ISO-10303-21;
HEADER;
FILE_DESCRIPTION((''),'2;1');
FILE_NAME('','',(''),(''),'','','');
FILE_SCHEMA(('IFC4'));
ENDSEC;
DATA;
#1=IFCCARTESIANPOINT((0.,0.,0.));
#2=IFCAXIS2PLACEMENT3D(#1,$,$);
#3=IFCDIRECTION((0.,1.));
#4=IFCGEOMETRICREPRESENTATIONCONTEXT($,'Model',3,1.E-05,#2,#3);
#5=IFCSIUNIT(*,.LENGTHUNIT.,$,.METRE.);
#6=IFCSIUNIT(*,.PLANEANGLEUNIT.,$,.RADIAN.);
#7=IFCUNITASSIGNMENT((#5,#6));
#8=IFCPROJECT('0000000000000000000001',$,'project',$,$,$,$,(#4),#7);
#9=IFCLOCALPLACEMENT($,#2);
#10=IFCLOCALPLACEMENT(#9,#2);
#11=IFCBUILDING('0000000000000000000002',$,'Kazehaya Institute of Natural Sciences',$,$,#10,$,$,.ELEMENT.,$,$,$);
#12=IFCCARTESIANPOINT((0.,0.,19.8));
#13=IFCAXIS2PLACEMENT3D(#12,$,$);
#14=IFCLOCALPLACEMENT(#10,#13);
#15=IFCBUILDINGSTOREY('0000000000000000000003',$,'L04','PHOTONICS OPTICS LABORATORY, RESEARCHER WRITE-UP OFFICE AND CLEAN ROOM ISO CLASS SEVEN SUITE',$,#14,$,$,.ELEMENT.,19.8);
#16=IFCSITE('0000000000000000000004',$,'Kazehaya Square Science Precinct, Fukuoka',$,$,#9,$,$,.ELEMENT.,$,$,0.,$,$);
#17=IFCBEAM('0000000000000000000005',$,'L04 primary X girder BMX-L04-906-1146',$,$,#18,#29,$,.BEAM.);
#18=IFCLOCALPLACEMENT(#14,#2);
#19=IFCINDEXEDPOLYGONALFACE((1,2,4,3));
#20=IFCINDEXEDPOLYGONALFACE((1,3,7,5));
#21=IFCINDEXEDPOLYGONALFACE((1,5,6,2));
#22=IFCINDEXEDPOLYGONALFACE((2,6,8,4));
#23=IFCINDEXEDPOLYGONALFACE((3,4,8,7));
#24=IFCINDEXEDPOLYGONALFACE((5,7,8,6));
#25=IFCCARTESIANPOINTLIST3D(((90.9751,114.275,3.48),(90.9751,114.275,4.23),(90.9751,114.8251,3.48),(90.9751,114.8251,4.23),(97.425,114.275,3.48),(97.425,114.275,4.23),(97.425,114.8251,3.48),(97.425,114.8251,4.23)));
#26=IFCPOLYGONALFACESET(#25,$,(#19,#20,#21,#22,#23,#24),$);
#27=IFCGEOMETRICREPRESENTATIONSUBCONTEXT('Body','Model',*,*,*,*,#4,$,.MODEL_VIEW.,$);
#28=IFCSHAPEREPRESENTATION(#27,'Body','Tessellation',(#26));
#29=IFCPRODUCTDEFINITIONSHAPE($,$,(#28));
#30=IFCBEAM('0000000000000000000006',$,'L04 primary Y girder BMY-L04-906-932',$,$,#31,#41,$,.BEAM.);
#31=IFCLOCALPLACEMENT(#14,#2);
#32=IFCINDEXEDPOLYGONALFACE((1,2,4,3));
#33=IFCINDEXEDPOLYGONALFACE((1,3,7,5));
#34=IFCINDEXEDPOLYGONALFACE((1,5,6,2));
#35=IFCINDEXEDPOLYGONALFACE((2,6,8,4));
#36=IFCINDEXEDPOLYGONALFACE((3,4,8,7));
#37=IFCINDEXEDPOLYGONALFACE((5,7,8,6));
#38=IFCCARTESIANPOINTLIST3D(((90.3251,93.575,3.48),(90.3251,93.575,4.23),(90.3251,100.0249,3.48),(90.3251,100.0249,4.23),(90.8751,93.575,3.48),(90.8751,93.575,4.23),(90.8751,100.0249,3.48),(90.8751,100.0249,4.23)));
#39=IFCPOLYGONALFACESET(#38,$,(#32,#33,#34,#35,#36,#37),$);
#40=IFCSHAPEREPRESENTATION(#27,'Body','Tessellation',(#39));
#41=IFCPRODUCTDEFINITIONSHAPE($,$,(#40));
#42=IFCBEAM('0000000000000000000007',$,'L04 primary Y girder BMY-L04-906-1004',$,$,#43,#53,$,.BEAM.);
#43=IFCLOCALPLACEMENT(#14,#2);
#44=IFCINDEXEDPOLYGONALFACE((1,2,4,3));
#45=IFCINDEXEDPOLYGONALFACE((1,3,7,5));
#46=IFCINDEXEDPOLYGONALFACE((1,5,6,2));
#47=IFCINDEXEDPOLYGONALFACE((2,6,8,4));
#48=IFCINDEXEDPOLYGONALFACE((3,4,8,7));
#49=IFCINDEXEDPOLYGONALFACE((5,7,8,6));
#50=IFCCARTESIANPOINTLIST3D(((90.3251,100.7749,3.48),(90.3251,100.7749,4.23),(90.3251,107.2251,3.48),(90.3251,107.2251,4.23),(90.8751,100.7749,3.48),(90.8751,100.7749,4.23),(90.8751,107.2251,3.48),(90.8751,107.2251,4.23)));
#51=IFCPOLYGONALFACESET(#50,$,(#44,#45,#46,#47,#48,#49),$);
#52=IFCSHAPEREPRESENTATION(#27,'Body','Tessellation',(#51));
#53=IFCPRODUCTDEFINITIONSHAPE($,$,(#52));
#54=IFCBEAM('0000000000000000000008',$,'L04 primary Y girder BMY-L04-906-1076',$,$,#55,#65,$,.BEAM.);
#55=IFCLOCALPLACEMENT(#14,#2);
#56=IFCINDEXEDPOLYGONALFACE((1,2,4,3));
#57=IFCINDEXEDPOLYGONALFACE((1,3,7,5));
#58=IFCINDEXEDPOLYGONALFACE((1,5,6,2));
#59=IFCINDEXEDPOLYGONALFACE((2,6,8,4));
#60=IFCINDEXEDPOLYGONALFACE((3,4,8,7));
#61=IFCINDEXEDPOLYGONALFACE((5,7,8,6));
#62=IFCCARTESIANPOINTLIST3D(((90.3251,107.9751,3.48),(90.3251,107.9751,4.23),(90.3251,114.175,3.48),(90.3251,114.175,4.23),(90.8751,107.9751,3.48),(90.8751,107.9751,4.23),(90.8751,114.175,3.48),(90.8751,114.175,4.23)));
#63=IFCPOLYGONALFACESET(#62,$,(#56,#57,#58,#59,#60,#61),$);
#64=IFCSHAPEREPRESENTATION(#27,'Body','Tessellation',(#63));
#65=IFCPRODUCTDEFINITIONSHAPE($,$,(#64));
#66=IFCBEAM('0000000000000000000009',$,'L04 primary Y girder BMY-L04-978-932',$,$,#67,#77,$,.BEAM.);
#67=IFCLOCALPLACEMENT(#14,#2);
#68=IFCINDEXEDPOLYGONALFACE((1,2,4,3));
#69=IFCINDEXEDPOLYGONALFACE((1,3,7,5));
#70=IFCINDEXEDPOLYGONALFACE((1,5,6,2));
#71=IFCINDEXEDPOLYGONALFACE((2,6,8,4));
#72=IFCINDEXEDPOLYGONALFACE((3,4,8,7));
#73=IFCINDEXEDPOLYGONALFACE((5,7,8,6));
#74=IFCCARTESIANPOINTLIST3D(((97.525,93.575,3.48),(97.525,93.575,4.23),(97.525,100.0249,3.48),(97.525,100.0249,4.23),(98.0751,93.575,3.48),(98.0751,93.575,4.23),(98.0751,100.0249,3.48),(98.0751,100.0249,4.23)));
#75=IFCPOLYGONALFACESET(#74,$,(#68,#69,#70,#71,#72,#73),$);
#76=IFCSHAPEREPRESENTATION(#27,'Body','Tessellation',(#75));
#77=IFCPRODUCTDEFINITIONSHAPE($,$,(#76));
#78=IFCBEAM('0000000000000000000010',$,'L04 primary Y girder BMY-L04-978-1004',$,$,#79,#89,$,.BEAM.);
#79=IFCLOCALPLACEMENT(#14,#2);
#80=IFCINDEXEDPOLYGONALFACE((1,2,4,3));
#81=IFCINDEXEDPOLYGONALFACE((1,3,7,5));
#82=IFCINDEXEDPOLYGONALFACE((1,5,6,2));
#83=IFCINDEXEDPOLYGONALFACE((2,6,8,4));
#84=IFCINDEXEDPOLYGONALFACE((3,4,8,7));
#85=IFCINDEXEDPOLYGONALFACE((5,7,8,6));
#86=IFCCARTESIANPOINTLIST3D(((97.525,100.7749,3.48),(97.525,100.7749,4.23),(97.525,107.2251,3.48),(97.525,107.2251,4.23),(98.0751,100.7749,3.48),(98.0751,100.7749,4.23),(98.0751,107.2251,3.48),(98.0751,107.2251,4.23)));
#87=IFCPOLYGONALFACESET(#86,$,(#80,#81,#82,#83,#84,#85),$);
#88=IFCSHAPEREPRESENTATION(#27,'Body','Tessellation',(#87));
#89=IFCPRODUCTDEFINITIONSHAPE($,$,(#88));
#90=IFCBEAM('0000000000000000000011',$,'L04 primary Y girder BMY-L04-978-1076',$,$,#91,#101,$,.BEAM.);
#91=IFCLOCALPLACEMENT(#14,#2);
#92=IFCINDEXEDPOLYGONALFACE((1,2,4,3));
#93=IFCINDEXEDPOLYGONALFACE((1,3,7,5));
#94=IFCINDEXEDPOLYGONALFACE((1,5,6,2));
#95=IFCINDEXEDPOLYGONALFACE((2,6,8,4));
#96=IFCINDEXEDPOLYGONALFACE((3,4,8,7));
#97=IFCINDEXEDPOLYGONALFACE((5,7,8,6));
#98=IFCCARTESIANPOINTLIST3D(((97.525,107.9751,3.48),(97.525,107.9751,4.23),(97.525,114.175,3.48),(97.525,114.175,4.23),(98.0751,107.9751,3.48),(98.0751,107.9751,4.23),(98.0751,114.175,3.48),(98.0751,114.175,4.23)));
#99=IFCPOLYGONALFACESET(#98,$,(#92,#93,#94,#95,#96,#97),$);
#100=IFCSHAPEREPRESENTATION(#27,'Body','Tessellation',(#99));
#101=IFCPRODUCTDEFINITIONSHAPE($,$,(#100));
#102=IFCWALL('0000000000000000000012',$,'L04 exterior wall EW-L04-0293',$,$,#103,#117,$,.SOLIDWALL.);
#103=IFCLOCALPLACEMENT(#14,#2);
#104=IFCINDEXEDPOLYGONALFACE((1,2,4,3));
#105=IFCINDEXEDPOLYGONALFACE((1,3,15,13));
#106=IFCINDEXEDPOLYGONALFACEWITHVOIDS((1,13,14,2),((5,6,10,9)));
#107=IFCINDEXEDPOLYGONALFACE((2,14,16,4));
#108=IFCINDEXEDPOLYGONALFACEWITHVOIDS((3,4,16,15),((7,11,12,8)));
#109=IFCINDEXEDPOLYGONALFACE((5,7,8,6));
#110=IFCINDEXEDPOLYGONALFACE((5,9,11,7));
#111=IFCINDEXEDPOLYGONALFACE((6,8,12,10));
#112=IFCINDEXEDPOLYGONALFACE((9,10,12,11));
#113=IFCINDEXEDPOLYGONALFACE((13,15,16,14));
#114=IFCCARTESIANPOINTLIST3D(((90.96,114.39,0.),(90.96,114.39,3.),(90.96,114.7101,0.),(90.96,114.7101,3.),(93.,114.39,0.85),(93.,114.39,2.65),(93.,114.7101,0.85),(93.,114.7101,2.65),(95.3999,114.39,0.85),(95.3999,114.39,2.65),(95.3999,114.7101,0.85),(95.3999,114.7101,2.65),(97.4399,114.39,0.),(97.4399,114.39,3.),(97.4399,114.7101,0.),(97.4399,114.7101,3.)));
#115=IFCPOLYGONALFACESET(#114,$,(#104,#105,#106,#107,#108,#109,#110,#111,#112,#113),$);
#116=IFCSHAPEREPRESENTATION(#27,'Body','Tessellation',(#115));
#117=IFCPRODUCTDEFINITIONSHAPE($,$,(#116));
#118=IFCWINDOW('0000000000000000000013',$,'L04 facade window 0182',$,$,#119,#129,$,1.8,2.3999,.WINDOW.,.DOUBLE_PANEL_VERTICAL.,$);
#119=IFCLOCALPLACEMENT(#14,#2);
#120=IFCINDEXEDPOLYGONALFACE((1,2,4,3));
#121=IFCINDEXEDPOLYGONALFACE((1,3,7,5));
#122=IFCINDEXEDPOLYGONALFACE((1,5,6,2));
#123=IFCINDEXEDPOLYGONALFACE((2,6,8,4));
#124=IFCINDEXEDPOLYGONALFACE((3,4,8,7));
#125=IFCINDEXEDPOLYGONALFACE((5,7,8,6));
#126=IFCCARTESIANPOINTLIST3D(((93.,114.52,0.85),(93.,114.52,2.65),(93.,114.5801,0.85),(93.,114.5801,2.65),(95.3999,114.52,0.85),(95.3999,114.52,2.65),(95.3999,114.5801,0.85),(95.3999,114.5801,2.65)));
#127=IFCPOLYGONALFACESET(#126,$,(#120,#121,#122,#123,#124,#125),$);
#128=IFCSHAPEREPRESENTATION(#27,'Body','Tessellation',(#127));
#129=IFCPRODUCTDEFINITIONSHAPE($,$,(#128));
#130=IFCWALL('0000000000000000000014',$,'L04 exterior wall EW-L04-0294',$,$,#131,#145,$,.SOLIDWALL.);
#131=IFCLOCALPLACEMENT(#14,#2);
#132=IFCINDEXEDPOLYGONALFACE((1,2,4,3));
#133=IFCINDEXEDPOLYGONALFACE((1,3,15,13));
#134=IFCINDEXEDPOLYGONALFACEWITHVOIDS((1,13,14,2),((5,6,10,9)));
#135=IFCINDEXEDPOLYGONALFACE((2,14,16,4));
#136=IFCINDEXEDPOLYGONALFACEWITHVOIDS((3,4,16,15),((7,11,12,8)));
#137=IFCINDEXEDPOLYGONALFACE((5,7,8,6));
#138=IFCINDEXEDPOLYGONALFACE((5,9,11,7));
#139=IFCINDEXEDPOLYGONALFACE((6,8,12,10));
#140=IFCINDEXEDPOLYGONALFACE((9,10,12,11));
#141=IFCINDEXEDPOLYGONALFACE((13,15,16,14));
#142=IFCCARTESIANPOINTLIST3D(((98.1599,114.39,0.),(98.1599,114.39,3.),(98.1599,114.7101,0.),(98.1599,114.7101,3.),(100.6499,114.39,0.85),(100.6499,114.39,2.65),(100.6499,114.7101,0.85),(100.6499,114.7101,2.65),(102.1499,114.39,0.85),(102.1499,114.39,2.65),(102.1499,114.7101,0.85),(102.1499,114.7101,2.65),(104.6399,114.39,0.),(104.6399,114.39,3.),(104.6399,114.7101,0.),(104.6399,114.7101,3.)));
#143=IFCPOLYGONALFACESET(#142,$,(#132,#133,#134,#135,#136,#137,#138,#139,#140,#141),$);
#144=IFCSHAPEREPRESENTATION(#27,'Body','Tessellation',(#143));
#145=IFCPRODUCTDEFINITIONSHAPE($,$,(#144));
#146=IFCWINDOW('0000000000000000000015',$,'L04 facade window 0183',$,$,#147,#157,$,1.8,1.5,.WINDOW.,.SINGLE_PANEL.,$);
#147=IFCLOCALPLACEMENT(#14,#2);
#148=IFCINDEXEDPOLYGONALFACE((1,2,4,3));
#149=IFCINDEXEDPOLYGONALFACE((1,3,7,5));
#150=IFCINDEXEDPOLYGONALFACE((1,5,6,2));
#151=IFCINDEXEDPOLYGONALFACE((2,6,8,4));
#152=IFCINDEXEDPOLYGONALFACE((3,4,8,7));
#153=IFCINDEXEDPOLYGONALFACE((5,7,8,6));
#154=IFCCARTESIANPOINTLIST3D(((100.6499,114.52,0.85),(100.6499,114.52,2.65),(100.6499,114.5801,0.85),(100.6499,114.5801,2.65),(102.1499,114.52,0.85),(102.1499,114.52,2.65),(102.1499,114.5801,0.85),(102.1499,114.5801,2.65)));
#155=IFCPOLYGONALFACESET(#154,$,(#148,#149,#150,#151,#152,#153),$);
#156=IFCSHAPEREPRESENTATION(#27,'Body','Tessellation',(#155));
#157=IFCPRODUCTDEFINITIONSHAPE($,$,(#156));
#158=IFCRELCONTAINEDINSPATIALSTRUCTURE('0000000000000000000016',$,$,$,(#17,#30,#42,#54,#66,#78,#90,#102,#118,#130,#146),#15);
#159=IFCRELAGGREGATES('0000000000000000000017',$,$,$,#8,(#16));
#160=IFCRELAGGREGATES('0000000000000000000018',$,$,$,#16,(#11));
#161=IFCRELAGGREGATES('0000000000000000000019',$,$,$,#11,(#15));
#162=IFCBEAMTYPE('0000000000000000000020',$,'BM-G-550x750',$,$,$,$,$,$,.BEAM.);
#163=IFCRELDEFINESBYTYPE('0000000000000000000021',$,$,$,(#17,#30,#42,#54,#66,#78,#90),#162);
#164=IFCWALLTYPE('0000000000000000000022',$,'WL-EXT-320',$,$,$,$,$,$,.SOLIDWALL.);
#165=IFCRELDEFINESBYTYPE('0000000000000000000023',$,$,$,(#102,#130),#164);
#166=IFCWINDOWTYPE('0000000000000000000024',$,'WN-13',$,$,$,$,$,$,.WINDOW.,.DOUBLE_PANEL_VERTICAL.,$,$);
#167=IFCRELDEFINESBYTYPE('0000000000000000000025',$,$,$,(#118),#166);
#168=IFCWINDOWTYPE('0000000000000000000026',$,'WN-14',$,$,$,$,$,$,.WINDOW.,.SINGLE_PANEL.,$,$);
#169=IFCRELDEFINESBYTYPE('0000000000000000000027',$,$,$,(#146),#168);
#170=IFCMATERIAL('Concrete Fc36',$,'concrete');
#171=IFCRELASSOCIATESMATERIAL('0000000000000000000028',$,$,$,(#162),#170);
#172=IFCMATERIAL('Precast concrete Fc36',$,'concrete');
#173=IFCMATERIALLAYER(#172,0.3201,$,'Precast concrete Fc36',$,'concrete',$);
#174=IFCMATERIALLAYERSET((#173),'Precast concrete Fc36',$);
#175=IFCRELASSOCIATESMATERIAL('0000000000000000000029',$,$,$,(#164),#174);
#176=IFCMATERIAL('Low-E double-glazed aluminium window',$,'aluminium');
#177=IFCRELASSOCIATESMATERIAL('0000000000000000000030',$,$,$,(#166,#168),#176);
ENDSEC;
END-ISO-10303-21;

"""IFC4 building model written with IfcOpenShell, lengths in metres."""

from ifc_helpers import new_model, si_unit, direction, frame, frame_2d, origin, origin_2d, place, context, subcontext, project, spatial, rectangle, extrude, material, layer, layer_set, material_profile, profile_set, type_object, element, fill, save


model = new_model("IFC4")

# Units and contexts
model_context = context("Model", 3, precision=1e-05, world=origin(), true_north=direction((0.0, 1.0)))
body_context = subcontext(model_context, "Body", "Model", "MODEL_VIEW")
ifc_project = project(units=[si_unit("LENGTHUNIT", "METRE"), si_unit("PLANEANGLEUNIT", "RADIAN")], contexts=[model_context])

# Site, building, storey
site_placement = place(None, origin())
site = spatial("IfcSite", under=ifc_project, at=site_placement, Name="Kazehaya Square Science Precinct, Fukuoka", CompositionType="ELEMENT", RefElevation=0.0)
building_placement = place(site_placement, origin())
building = spatial("IfcBuilding", under=site, at=building_placement, Name="Kazehaya Institute of Natural Sciences", CompositionType="ELEMENT")
storey_placement = place(building_placement, frame((0.0, 0.0, 19.8)))
storey = spatial("IfcBuildingStorey", under=building, at=storey_placement, Name="L04", Description="PHOTONICS OPTICS LABORATORY, RESEARCHER WRITE-UP OFFICE AND CLEAN ROOM ISO CLASS SEVEN SUITE", CompositionType="ELEMENT", Elevation=19.8)

# Beams
ifc_material_1 = material(Name="Concrete Fc36", Category="concrete")
ifc_material_profile_1 = material_profile(ifc_material_1, rectangle(XDim=0.55, YDim=0.75, at=origin_2d()), Name="RC-550x750")
ifc_profile_set_1 = profile_set([ifc_material_profile_1], Name="Concrete Fc36")
beam_type = type_object("IfcBeamType", Name="BM-G-550x750", PredefinedType="BEAM", material=ifc_profile_set_1)
for number, where, z_axis, x_axis, name in (
    (1, (90.9751, 114.55, 3.855), (1.0, 0.0, 0.0), (0.0, 1.0, 0.0), "L04 primary X girder BMX-L04-906-1146"),
    (2, (90.6001, 93.575, 3.855), (0.0, 1.0, 0.0), (-1.0, 0.0, 0.0), "L04 primary Y girder BMY-L04-906-932"),
):
    element("IfcBeam", number, at=place(storey_placement, frame(where, z_axis=z_axis, x_axis=x_axis)), inside=storey, type_object=beam_type, Name=name, PredefinedType="BEAM", context=body_context, shape_type="SweptSolid", body=[
        extrude(rectangle(XDim=0.55, YDim=0.75, at=origin_2d()), origin(), (0.0, 0.0, 1.0), 6.45),
    ])
beam_1_placement = place(storey_placement, frame((90.6001, 100.7749, 3.855), z_axis=(0.0, 1.0, 0.0), x_axis=(-1.0, 0.0, 0.0)))
element("IfcBeam", 3, at=beam_1_placement, inside=storey, type_object=beam_type, Name="L04 primary Y girder BMY-L04-906-1004", PredefinedType="BEAM", context=body_context, shape_type="SweptSolid", body=[
    extrude(rectangle(XDim=0.55, YDim=0.75, at=origin_2d()), origin(), (0.0, 0.0, 1.0), 6.4502),
])
beam_2_placement = place(storey_placement, frame((90.6001, 107.9751, 3.855), z_axis=(0.0, 1.0, 0.0), x_axis=(-1.0, 0.0, 0.0)))
element("IfcBeam", 4, at=beam_2_placement, inside=storey, type_object=beam_type, Name="L04 primary Y girder BMY-L04-906-1076", PredefinedType="BEAM", context=body_context, shape_type="SweptSolid", body=[
    extrude(rectangle(XDim=0.55, YDim=0.75, at=origin_2d()), origin(), (0.0, 0.0, 1.0), 6.2),
])
beam_3_placement = place(storey_placement, frame((97.8, 93.575, 3.855), z_axis=(0.0, 1.0, 0.0), x_axis=(-1.0, 0.0, 0.0)))
element("IfcBeam", 5, at=beam_3_placement, inside=storey, type_object=beam_type, Name="L04 primary Y girder BMY-L04-978-932", PredefinedType="BEAM", context=body_context, shape_type="SweptSolid", body=[
    extrude(rectangle(XDim=0.55, YDim=0.75, at=origin_2d()), origin(), (0.0, 0.0, 1.0), 6.45),
])
beam_4_placement = place(storey_placement, frame((97.8, 100.7749, 3.855), z_axis=(0.0, 1.0, 0.0), x_axis=(-1.0, 0.0, 0.0)))
element("IfcBeam", 6, at=beam_4_placement, inside=storey, type_object=beam_type, Name="L04 primary Y girder BMY-L04-978-1004", PredefinedType="BEAM", context=body_context, shape_type="SweptSolid", body=[
    extrude(rectangle(XDim=0.55, YDim=0.75, at=origin_2d()), origin(), (0.0, 0.0, 1.0), 6.4502),
])
beam_5_placement = place(storey_placement, frame((97.8, 107.9751, 3.855), z_axis=(0.0, 1.0, 0.0), x_axis=(-1.0, 0.0, 0.0)))
element("IfcBeam", 7, at=beam_5_placement, inside=storey, type_object=beam_type, Name="L04 primary Y girder BMY-L04-978-1076", PredefinedType="BEAM", context=body_context, shape_type="SweptSolid", body=[
    extrude(rectangle(XDim=0.55, YDim=0.75, at=origin_2d()), origin(), (0.0, 0.0, 1.0), 6.2),
])

# Walls, openings, windows
ifc_material_2 = material(Name="Precast concrete Fc36", Category="concrete")
ifc_layer = layer(ifc_material_2, 0.3201, Name="Precast concrete Fc36", Category="concrete")
ifc_layer_set = layer_set([ifc_layer], Name="Precast concrete Fc36")
wall_type = type_object("IfcWallType", Name="WL-EXT-320", PredefinedType="SOLIDWALL", material=ifc_layer_set)
wall_1_placement = place(storey_placement, frame((90.96, 114.55, 0.0), z_axis=(0.0, 0.0, 1.0), x_axis=(1.0, 0.0, 0.0)))
wall_1 = element("IfcWall", 8, at=wall_1_placement, inside=storey, type_object=wall_type, Name="L04 exterior wall EW-L04-0293", PredefinedType="SOLIDWALL", context=body_context, shape_type="SweptSolid", body=[
    extrude(rectangle(XDim=6.48, YDim=0.3201, at=frame_2d((3.24, 0.0))), origin(), (0.0, 0.0, 1.0), 3.0),
])
opening_1_placement = place(wall_1_placement, frame((2.04, 0.0, 0.8501)))
opening_1 = element("IfcOpeningElement", 9, at=opening_1_placement, cuts=wall_1, PredefinedType="OPENING", context=body_context, shape_type="SweptSolid", body=[
    extrude(rectangle(XDim=2.3999, YDim=1.8, at=frame_2d((1.2, 0.8999))), frame((0.0, 0.1699, 0.0), z_axis=(0.0, -1.0, 0.0), x_axis=(1.0, 0.0, 0.0)), (0.0, 0.0, 1.0), 0.3401),
])
ifc_material_3 = material(Name="Low-E double-glazed aluminium window", Category="aluminium")
window_type_1 = type_object("IfcWindowType", Name="WN-13", PartitioningType="DOUBLE_PANEL_VERTICAL", PredefinedType="WINDOW", material=ifc_material_3)
window_1_placement = place(opening_1_placement, origin())
window_1 = element("IfcWindow", 10, at=window_1_placement, inside=storey, type_object=window_type_1, Name="L04 facade window 0182", OverallHeight=1.8, OverallWidth=2.3999, PartitioningType="DOUBLE_PANEL_VERTICAL", PredefinedType="WINDOW", context=body_context, shape_type="SweptSolid", body=[
    extrude(rectangle(XDim=2.3999, YDim=1.8, at=frame_2d((1.2, 0.8999))), frame((0.0, 0.03, 0.0), z_axis=(0.0, -1.0, 0.0), x_axis=(1.0, 0.0, 0.0)), (0.0, 0.0, 1.0), 0.0601),
])
fill(opening_1, window_1)
wall_2_placement = place(storey_placement, frame((98.1599, 114.55, 0.0), z_axis=(0.0, 0.0, 1.0), x_axis=(1.0, 0.0, 0.0)))
wall_2 = element("IfcWall", 11, at=wall_2_placement, inside=storey, type_object=wall_type, Name="L04 exterior wall EW-L04-0294", PredefinedType="SOLIDWALL", context=body_context, shape_type="SweptSolid", body=[
    extrude(rectangle(XDim=6.48, YDim=0.3201, at=frame_2d((3.24, 0.0))), origin(), (0.0, 0.0, 1.0), 3.0),
])
opening_2_placement = place(wall_2_placement, frame((2.49, 0.0, 0.8501)))
opening_2 = element("IfcOpeningElement", 12, at=opening_2_placement, cuts=wall_2, PredefinedType="OPENING", context=body_context, shape_type="SweptSolid", body=[
    extrude(rectangle(XDim=1.5, YDim=1.8, at=frame_2d((0.75, 0.8999))), frame((0.0, 0.1699, 0.0), z_axis=(0.0, -1.0, 0.0), x_axis=(1.0, 0.0, 0.0)), (0.0, 0.0, 1.0), 0.3401),
])
window_type_2 = type_object("IfcWindowType", Name="WN-14", PartitioningType="SINGLE_PANEL", PredefinedType="WINDOW", material=ifc_material_3)
window_2_placement = place(opening_2_placement, origin())
window_2 = element("IfcWindow", 13, at=window_2_placement, inside=storey, type_object=window_type_2, Name="L04 facade window 0183", OverallHeight=1.8, OverallWidth=1.5, PartitioningType="SINGLE_PANEL", PredefinedType="WINDOW", context=body_context, shape_type="SweptSolid", body=[
    extrude(rectangle(XDim=1.5, YDim=1.8, at=frame_2d((0.75, 0.8999))), frame((0.0, 0.03, 0.0), z_axis=(0.0, -1.0, 0.0), x_axis=(1.0, 0.0, 0.0)), (0.0, 0.0, 1.0), 0.0601),
])
fill(opening_2, window_2)

save(model, "model.ifc")
